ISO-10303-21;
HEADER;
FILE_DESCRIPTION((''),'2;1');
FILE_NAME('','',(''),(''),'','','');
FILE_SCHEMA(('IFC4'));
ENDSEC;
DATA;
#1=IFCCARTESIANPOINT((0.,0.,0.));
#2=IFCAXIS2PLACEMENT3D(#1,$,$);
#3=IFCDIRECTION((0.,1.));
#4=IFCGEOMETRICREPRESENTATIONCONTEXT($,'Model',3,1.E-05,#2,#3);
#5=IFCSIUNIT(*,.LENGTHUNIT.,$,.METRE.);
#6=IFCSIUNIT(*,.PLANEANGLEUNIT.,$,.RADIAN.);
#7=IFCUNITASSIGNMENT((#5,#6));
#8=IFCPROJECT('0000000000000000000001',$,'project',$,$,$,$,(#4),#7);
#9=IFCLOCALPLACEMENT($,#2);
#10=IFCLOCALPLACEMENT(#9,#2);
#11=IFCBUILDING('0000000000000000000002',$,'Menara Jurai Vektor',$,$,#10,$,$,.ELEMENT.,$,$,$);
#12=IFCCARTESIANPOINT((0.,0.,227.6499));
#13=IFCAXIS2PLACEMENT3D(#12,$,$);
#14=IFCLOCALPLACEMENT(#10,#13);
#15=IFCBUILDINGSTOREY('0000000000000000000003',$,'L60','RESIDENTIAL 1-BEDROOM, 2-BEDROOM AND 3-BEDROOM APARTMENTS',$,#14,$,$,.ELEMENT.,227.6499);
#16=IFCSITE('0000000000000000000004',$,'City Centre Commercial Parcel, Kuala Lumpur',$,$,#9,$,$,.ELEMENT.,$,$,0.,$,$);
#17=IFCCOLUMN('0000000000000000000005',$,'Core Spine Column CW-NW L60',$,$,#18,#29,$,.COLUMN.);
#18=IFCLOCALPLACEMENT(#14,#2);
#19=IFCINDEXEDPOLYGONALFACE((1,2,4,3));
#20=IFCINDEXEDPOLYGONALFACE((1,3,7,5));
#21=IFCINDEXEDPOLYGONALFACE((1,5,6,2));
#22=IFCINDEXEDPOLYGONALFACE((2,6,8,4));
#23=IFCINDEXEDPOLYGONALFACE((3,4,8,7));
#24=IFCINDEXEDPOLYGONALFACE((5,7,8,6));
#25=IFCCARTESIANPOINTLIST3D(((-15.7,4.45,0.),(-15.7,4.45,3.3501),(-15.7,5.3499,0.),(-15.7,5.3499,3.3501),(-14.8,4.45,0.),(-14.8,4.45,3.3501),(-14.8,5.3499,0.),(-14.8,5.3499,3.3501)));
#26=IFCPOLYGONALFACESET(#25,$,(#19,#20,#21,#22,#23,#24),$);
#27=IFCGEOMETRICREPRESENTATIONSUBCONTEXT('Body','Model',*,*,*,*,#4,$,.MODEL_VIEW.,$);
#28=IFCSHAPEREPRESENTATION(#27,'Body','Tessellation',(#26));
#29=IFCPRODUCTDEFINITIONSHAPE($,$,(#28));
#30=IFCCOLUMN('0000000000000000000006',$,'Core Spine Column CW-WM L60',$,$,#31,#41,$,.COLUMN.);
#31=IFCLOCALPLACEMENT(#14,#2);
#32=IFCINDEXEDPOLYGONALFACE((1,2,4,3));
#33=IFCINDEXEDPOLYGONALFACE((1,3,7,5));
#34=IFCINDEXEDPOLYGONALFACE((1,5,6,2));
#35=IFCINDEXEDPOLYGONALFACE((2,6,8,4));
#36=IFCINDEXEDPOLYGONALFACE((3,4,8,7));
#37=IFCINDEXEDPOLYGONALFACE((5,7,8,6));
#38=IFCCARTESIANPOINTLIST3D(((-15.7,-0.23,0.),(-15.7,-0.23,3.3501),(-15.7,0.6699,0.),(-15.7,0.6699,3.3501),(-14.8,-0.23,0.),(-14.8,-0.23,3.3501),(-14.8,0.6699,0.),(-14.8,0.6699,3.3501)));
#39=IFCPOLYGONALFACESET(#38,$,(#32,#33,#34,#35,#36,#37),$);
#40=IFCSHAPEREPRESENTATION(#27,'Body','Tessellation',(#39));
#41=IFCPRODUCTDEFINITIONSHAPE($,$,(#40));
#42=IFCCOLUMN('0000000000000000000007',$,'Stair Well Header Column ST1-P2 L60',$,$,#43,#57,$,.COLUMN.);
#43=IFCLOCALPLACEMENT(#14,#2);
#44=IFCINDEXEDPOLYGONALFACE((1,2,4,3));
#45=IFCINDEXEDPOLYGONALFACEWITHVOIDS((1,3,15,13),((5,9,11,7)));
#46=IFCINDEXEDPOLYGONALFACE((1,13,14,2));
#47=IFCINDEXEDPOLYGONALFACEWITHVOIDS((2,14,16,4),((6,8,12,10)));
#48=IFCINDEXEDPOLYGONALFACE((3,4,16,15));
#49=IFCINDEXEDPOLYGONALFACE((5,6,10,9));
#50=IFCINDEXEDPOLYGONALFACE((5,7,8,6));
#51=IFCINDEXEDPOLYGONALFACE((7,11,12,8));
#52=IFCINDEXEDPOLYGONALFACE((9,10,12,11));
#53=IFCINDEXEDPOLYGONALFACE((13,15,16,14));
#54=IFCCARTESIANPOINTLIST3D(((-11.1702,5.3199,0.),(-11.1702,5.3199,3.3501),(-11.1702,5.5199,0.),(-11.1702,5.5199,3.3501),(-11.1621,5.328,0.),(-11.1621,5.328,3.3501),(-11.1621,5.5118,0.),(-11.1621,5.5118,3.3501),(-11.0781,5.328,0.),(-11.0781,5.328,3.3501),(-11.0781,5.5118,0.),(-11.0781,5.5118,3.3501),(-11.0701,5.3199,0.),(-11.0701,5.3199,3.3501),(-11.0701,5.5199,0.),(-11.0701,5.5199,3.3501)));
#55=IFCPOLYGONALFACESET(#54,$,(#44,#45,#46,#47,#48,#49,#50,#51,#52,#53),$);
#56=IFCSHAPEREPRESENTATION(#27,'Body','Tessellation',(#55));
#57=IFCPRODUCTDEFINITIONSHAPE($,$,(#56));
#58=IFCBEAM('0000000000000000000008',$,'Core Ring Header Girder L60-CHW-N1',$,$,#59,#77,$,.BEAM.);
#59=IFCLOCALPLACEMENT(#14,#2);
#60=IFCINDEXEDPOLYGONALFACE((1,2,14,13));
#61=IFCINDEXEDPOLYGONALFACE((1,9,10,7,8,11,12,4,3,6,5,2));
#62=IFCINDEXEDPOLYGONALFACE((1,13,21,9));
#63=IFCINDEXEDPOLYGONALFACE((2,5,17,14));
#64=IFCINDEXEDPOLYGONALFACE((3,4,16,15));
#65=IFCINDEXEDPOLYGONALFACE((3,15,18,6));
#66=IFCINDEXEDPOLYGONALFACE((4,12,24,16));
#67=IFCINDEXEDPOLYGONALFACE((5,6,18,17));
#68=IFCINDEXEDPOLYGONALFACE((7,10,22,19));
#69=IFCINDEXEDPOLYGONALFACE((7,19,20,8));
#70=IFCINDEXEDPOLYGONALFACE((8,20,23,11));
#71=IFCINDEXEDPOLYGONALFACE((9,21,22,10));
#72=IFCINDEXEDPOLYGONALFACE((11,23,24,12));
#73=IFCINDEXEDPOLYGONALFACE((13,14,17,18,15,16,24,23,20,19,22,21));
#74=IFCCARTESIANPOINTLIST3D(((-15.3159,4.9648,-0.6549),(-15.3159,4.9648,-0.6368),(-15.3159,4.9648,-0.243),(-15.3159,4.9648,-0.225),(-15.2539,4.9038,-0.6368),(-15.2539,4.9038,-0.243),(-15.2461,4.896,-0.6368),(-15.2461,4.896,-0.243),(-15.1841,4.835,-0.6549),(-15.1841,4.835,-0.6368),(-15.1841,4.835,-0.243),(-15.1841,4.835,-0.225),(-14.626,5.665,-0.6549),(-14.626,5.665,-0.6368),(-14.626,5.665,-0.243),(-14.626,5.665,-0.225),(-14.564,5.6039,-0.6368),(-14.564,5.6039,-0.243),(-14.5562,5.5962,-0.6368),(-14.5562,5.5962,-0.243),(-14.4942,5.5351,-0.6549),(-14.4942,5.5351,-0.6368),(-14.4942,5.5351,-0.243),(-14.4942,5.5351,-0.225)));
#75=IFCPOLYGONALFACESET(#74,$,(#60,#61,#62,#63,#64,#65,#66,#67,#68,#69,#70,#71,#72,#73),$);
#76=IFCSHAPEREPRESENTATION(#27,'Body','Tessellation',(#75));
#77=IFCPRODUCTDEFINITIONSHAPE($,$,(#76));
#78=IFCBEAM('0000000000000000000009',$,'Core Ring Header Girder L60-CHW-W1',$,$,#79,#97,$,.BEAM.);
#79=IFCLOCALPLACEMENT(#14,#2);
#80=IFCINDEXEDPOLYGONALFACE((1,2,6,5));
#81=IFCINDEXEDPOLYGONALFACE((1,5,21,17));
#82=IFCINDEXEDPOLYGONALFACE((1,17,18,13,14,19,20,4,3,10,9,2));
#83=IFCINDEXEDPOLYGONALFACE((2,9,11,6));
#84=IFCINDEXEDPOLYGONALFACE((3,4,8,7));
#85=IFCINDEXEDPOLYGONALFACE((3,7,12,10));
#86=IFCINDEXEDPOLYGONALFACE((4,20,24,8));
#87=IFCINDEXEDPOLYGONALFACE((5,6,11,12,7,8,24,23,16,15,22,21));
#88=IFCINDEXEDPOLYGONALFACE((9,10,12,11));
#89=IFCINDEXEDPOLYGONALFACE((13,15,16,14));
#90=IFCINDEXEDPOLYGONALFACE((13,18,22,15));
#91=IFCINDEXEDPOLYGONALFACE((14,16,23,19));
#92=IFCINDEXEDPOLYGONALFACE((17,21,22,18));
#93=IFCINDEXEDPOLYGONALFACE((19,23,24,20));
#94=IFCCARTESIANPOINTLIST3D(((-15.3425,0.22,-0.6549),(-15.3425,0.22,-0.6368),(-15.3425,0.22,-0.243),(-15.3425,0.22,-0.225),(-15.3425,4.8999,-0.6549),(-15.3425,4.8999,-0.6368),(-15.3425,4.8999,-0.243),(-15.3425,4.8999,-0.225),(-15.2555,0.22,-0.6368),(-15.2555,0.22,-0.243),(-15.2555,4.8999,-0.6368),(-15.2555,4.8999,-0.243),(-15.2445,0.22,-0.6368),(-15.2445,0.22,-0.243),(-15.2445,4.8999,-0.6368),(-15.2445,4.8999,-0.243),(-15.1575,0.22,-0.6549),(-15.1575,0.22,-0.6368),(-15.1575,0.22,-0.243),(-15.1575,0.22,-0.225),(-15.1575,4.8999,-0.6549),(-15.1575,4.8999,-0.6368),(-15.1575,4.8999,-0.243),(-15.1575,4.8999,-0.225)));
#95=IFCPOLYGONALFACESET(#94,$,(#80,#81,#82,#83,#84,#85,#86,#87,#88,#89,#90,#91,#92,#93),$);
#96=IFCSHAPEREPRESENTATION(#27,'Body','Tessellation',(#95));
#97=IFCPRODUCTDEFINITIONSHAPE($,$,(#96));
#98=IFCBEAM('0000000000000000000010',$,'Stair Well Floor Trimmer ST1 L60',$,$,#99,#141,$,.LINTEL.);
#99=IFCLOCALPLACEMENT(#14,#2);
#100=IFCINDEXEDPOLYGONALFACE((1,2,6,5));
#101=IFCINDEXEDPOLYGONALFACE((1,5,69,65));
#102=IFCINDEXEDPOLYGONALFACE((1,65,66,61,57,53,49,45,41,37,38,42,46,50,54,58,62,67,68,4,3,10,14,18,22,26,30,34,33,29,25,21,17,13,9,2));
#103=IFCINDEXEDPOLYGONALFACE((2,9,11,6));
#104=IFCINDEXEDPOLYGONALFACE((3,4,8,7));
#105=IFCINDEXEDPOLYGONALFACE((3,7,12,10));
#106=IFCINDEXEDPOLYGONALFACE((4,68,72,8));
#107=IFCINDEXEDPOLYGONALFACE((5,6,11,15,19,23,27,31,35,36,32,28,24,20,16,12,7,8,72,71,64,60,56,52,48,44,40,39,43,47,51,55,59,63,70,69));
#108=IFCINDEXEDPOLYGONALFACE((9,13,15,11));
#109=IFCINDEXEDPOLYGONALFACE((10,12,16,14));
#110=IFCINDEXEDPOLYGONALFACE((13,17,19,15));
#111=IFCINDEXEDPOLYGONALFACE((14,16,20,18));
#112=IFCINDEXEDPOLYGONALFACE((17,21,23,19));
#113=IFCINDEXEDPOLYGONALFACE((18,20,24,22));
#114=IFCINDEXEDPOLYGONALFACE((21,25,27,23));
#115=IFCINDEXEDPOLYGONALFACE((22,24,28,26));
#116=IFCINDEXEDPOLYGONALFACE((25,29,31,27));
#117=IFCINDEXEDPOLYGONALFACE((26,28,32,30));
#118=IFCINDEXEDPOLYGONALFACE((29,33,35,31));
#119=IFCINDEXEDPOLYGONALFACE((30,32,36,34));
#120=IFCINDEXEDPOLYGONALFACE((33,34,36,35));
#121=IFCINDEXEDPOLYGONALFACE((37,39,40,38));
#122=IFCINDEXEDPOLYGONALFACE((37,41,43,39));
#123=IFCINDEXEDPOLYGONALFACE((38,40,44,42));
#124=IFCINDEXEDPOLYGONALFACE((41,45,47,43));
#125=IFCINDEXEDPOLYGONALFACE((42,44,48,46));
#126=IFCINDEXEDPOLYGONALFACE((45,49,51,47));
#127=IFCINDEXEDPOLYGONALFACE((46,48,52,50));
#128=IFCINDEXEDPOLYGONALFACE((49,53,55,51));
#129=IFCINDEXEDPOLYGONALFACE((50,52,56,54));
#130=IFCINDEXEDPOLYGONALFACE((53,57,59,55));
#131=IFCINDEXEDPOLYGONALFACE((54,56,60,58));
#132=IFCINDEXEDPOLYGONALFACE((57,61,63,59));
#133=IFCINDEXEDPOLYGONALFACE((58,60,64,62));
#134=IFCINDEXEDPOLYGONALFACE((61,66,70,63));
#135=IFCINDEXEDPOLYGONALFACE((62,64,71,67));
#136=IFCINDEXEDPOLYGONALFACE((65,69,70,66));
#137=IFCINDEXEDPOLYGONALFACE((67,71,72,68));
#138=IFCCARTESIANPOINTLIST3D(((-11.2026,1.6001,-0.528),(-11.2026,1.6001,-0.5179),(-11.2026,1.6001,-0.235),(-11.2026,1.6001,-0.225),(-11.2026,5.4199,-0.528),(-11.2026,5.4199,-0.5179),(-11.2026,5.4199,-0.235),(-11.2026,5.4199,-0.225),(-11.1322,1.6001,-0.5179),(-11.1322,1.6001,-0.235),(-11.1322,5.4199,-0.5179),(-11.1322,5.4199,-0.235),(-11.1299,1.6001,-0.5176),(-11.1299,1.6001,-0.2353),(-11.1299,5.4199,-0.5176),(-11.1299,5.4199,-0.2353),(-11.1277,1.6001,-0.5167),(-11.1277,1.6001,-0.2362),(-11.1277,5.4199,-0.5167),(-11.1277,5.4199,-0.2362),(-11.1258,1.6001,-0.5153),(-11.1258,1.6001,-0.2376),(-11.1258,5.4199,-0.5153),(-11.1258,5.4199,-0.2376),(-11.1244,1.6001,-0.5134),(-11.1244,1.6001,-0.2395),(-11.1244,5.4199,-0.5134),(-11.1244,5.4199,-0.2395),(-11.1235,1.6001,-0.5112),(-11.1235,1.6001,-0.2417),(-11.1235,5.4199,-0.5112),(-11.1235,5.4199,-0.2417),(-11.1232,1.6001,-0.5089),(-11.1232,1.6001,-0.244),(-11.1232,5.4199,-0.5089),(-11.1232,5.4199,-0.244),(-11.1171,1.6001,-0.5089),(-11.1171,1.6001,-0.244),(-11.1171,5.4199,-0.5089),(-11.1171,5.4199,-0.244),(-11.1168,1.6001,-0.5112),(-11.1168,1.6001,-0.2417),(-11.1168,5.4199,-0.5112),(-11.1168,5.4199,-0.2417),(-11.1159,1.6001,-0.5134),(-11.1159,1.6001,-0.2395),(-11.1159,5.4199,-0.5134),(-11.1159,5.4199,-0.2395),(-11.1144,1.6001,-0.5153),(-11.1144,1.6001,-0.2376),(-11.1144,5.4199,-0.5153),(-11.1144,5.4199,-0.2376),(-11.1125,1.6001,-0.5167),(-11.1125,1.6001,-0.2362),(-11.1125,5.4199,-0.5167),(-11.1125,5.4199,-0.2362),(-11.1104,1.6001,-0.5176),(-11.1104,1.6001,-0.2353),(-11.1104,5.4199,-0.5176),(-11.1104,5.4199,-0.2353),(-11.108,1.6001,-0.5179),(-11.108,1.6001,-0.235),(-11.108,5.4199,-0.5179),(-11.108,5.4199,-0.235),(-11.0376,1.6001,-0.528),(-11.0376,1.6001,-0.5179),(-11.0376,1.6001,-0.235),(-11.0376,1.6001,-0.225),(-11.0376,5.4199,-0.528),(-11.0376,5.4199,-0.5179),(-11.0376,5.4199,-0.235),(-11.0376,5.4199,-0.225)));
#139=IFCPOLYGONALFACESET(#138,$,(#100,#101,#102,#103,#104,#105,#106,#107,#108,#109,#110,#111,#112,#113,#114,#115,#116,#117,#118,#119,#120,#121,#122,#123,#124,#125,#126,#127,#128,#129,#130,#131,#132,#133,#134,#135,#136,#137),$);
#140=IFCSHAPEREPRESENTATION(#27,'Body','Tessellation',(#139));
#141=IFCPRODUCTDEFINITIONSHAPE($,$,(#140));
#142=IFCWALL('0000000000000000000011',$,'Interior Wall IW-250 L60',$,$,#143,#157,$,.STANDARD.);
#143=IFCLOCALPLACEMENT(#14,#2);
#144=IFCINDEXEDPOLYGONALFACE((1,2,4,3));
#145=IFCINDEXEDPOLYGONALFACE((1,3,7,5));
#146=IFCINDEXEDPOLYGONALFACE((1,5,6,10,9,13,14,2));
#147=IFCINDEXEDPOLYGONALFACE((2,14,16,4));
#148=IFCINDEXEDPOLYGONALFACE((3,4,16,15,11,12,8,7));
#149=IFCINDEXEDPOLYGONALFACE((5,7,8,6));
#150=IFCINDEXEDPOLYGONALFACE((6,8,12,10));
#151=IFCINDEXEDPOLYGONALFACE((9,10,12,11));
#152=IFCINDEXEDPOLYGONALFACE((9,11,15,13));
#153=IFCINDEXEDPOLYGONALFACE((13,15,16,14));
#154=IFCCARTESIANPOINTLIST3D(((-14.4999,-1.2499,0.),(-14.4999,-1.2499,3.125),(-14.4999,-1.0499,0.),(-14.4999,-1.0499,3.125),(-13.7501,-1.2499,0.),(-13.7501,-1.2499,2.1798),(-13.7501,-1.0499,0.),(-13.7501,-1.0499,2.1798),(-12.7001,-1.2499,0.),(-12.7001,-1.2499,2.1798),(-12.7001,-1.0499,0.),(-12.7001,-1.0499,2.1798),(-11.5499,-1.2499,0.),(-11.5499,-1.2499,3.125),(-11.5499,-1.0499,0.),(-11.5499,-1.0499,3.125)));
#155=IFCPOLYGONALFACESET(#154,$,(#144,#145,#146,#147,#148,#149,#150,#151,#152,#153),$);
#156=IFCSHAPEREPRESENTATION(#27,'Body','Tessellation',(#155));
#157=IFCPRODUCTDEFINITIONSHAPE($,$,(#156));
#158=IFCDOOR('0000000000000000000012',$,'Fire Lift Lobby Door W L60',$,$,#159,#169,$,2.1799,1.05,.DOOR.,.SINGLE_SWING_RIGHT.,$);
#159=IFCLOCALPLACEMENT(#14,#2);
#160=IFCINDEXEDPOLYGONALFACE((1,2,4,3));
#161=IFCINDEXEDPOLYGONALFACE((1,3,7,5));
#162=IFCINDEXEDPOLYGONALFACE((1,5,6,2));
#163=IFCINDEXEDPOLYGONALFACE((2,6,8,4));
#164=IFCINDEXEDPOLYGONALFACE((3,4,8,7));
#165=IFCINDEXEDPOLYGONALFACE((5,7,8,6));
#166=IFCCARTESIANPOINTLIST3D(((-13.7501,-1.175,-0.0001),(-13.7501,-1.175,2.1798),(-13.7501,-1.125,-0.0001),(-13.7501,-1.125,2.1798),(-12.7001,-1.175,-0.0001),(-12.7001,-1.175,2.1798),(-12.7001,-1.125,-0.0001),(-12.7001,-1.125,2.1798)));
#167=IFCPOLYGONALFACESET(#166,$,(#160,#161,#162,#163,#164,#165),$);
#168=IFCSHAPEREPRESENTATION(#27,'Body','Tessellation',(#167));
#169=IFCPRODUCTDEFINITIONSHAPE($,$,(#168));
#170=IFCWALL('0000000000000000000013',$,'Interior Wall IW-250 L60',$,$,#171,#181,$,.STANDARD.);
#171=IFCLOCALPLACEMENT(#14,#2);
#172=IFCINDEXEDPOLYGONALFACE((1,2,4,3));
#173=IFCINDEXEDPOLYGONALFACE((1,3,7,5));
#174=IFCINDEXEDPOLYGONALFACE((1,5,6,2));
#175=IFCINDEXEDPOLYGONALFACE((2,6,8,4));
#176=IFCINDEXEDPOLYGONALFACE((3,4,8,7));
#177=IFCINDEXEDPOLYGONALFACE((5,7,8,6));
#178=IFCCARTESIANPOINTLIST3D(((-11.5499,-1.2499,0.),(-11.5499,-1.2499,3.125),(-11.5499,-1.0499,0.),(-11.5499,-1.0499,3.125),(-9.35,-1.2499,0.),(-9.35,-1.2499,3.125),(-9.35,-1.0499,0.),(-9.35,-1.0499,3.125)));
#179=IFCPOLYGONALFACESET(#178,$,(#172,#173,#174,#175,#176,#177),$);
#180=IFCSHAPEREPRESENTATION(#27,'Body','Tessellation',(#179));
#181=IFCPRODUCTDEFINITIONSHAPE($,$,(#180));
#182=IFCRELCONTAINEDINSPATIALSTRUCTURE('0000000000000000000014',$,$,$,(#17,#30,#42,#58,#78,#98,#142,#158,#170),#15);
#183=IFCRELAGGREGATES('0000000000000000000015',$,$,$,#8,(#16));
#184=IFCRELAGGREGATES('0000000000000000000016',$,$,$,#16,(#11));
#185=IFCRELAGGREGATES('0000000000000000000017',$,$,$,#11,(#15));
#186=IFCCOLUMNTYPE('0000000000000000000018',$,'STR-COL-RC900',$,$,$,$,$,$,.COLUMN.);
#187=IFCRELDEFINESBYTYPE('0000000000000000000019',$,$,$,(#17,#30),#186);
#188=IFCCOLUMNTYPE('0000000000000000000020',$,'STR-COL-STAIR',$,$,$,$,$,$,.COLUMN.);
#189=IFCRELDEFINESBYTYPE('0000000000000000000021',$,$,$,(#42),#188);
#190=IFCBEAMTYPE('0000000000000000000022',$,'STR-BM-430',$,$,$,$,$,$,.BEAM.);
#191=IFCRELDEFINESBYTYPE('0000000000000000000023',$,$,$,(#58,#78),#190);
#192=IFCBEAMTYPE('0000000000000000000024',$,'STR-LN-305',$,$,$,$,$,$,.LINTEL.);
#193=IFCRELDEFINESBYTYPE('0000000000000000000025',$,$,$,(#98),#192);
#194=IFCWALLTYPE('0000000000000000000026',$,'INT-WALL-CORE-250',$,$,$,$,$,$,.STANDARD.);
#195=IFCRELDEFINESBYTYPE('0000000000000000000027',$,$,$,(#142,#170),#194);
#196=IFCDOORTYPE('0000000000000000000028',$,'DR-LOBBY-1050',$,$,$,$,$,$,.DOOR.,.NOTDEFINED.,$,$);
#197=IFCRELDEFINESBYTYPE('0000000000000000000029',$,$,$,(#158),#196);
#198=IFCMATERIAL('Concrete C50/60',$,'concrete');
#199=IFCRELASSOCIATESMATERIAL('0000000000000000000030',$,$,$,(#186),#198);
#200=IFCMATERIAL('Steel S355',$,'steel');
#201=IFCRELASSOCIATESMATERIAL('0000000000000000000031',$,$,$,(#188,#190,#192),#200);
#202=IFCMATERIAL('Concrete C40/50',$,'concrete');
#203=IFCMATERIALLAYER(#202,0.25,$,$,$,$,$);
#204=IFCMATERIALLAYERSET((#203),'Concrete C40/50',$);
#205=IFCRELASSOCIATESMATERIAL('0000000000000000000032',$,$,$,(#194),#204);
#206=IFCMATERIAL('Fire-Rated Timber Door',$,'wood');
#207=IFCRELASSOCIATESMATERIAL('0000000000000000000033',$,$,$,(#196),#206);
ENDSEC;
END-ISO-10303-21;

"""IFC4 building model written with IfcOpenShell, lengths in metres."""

from ifc_helpers import new_model, si_unit, direction, frame, frame_2d, origin, origin_2d, place, context, subcontext, project, spatial, rectangle, hollow_rectangle, i_section, extrude, material, layer, layer_set, material_profile, profile_set, type_object, element, fill, save


model = new_model("IFC4")

# Units and contexts
model_context = context("Model", 3, precision=1e-05, world=origin(), true_north=direction((0.0, 1.0)))
body_context = subcontext(model_context, "Body", "Model", "MODEL_VIEW")
ifc_project = project(units=[si_unit("LENGTHUNIT", "METRE"), si_unit("PLANEANGLEUNIT", "RADIAN")], contexts=[model_context])

# Site, building, storey
site_placement = place(None, origin())
site = spatial("IfcSite", under=ifc_project, at=site_placement, Name="City Centre Commercial Parcel, Kuala Lumpur", CompositionType="ELEMENT", RefElevation=0.0)
building_placement = place(site_placement, origin())
building = spatial("IfcBuilding", under=site, at=building_placement, Name="Menara Jurai Vektor", CompositionType="ELEMENT")
storey_placement = place(building_placement, frame((0.0, 0.0, 227.6499)))
storey = spatial("IfcBuildingStorey", under=building, at=storey_placement, Name="L60", Description="RESIDENTIAL 1-BEDROOM, 2-BEDROOM AND 3-BEDROOM APARTMENTS", CompositionType="ELEMENT", Elevation=227.6499)

# Columns
ifc_material_1 = material(Name="Concrete C50/60", Category="concrete")
ifc_material_profile_1 = material_profile(ifc_material_1, rectangle(XDim=0.8999, YDim=0.8999, at=origin_2d()), Name="RC 900x900")
ifc_profile_set_1 = profile_set([ifc_material_profile_1], Name="Concrete C50/60")
column_type_1 = type_object("IfcColumnType", Name="STR-COL-RC900", PredefinedType="COLUMN", material=ifc_profile_set_1)
for number, where, z_axis, x_axis, name in (
    (1, (-15.25, 4.8999, 0.0), (0.0, 0.0, 1.0), (1.0, 0.0, 0.0), "Core Spine Column CW-NW L60"),
    (2, (-15.25, 0.22, 0.0), (0.0, 0.0, 1.0), (1.0, 0.0, 0.0), "Core Spine Column CW-WM L60"),
):
    element("IfcColumn", number, at=place(storey_placement, frame(where, z_axis=z_axis, x_axis=x_axis)), inside=storey, type_object=column_type_1, Name=name, PredefinedType="COLUMN", context=body_context, shape_type="SweptSolid", body=[
        extrude(rectangle(XDim=0.8999, YDim=0.8999, at=origin_2d()), origin(), (0.0, 0.0, 1.0), 3.3501),
    ])
ifc_material_2 = material(Name="Steel S355", Category="steel")
ifc_material_profile_2 = material_profile(ifc_material_2, hollow_rectangle(XDim=0.1001, YDim=0.2, WallThickness=0.0081, at=origin_2d()), Name="RHS 200x100x8")
ifc_profile_set_2 = profile_set([ifc_material_profile_2], Name="Steel S355")
column_type_2 = type_object("IfcColumnType", Name="STR-COL-STAIR", PredefinedType="COLUMN", material=ifc_profile_set_2)
column_placement = place(storey_placement, frame((-11.1201, 5.4199, 0.0), z_axis=(0.0, 0.0, 1.0), x_axis=(1.0, 0.0, 0.0)))
element("IfcColumn", 3, at=column_placement, inside=storey, type_object=column_type_2, Name="Stair Well Header Column ST1-P2 L60", PredefinedType="COLUMN", context=body_context, shape_type="SweptSolid", body=[
    extrude(hollow_rectangle(XDim=0.1001, YDim=0.2, WallThickness=0.0081, at=origin_2d()), origin(), (0.0, 0.0, 1.0), 3.3501),
])

# Beams
ifc_material_profile_3 = material_profile(ifc_material_2, i_section(OverallWidth=0.1851, OverallDepth=0.4299, WebThickness=0.011, FlangeThickness=0.0181, at=origin_2d()), Name="PG 430x185x76")
ifc_profile_set_3 = profile_set([ifc_material_profile_3], Name="Steel S355")
beam_type_1 = type_object("IfcBeamType", Name="STR-BM-430", PredefinedType="BEAM", material=ifc_profile_set_3)
beam_1_placement = place(storey_placement, frame((-15.25, 4.8999, -0.4399), z_axis=(0.701872, 0.712303, 0.0), x_axis=(-0.712303, 0.701872, 0.0)))
element("IfcBeam", 4, at=beam_1_placement, inside=storey, type_object=beam_type_1, Name="Core Ring Header Girder L60-CHW-N1", PredefinedType="BEAM", context=body_context, shape_type="SweptSolid", body=[
    extrude(i_section(OverallWidth=0.1851, OverallDepth=0.4299, WebThickness=0.011, FlangeThickness=0.0181, at=origin_2d()), origin(), (0.0, 0.0, 1.0), 0.9829),
])
beam_2_placement = place(storey_placement, frame((-15.25, 0.22, -0.4399), z_axis=(0.0, 1.0, 0.0), x_axis=(-1.0, 0.0, 0.0)))
element("IfcBeam", 5, at=beam_2_placement, inside=storey, type_object=beam_type_1, Name="Core Ring Header Girder L60-CHW-W1", PredefinedType="BEAM", context=body_context, shape_type="SweptSolid", body=[
    extrude(i_section(OverallWidth=0.1851, OverallDepth=0.4299, WebThickness=0.011, FlangeThickness=0.0181, at=origin_2d()), origin(), (0.0, 0.0, 1.0), 4.6799),
])
ifc_material_profile_4 = material_profile(ifc_material_2, i_section(OverallWidth=0.165, OverallDepth=0.303, WebThickness=0.0061, FlangeThickness=0.01, FilletRadius=0.009, at=origin_2d()), Name="UKB 305x165x40")
ifc_profile_set_4 = profile_set([ifc_material_profile_4], Name="Steel S355")
beam_type_2 = type_object("IfcBeamType", Name="STR-LN-305", PredefinedType="LINTEL", material=ifc_profile_set_4)
beam_3_placement = place(storey_placement, frame((-11.1201, 1.6001, -0.3765), z_axis=(0.0, 1.0, 0.0), x_axis=(-1.0, 0.0, 0.0)))
element("IfcBeam", 6, at=beam_3_placement, inside=storey, type_object=beam_type_2, Name="Stair Well Floor Trimmer ST1 L60", PredefinedType="LINTEL", context=body_context, shape_type="SweptSolid", body=[
    extrude(i_section(OverallWidth=0.165, OverallDepth=0.303, WebThickness=0.0061, FlangeThickness=0.01, FilletRadius=0.009, at=origin_2d()), origin(), (0.0, 0.0, 1.0), 3.8198),
])

# Wall, opening, door
ifc_material_3 = material(Name="Concrete C40/50", Category="concrete")
ifc_layer_1 = layer(ifc_material_3, 0.25)
ifc_layer_set_1 = layer_set([ifc_layer_1], Name="Concrete C40/50")
wall_type_1 = type_object("IfcWallType", Name="INT-WALL-CORE-250", PredefinedType="STANDARD", material=ifc_layer_set_1)
wall_1_placement = place(storey_placement, frame((-14.5, -1.1499, 0.0), z_axis=(0.0, 0.0, 1.0), x_axis=(1.0, 0.0, 0.0)))
wall_1 = element("IfcWall", 7, at=wall_1_placement, inside=storey, type_object=wall_type_1, Name="Interior Wall IW-250 L60", PredefinedType="STANDARD", context=body_context, shape_type="SweptSolid", body=[
    extrude(rectangle(XDim=2.95, YDim=0.2, at=frame_2d((1.4751, 0.0))), origin(), (0.0, 0.0, 1.0), 3.125),
])
opening_1_placement = place(wall_1_placement, frame((0.75, 0.0, 0.0)))
opening_1 = element("IfcOpeningElement", 8, at=opening_1_placement, cuts=wall_1, PredefinedType="OPENING", context=body_context, shape_type="SweptSolid", body=[
    extrude(rectangle(XDim=1.05, YDim=2.1799, at=frame_2d((0.5249, 1.0898))), frame((0.0, 0.1099, 0.0), z_axis=(0.0, -1.0, 0.0), x_axis=(1.0, 0.0, 0.0)), (0.0, 0.0, 1.0), 0.22),
])
ifc_material_4 = material(Name="Fire-Rated Timber Door", Category="wood")
door_type_1 = type_object("IfcDoorType", Name="DR-LOBBY-1050", OperationType="NOTDEFINED", PredefinedType="DOOR", material=ifc_material_4)
door_1_placement = place(opening_1_placement, origin())
door_1 = element("IfcDoor", 9, at=door_1_placement, inside=storey, type_object=door_type_1, Name="Fire Lift Lobby Door W L60", OperationType="SINGLE_SWING_RIGHT", OverallHeight=2.1799, OverallWidth=1.05, PredefinedType="DOOR", context=body_context, shape_type="SweptSolid", body=[
    extrude(rectangle(XDim=1.05, YDim=2.1799, at=frame_2d((0.5249, 1.0898))), frame((0.0, 0.0249, 0.0), z_axis=(0.0, -1.0, 0.0), x_axis=(1.0, 0.0, 0.0)), (0.0, 0.0, 1.0), 0.05),
])
fill(opening_1, door_1)

# Wall
wall_2_placement = place(storey_placement, frame((-11.55, -1.1499, 0.0), z_axis=(0.0, 0.0, 1.0), x_axis=(1.0, 0.0, 0.0)))
element("IfcWall", 10, at=wall_2_placement, inside=storey, type_object=wall_type_1, Name="Interior Wall IW-250 L60", PredefinedType="STANDARD", context=body_context, shape_type="SweptSolid", body=[
    extrude(rectangle(XDim=2.2, YDim=0.2, at=frame_2d((1.1001, 0.0))), origin(), (0.0, 0.0, 1.0), 3.125),
])

save(model, "model.ifc")
